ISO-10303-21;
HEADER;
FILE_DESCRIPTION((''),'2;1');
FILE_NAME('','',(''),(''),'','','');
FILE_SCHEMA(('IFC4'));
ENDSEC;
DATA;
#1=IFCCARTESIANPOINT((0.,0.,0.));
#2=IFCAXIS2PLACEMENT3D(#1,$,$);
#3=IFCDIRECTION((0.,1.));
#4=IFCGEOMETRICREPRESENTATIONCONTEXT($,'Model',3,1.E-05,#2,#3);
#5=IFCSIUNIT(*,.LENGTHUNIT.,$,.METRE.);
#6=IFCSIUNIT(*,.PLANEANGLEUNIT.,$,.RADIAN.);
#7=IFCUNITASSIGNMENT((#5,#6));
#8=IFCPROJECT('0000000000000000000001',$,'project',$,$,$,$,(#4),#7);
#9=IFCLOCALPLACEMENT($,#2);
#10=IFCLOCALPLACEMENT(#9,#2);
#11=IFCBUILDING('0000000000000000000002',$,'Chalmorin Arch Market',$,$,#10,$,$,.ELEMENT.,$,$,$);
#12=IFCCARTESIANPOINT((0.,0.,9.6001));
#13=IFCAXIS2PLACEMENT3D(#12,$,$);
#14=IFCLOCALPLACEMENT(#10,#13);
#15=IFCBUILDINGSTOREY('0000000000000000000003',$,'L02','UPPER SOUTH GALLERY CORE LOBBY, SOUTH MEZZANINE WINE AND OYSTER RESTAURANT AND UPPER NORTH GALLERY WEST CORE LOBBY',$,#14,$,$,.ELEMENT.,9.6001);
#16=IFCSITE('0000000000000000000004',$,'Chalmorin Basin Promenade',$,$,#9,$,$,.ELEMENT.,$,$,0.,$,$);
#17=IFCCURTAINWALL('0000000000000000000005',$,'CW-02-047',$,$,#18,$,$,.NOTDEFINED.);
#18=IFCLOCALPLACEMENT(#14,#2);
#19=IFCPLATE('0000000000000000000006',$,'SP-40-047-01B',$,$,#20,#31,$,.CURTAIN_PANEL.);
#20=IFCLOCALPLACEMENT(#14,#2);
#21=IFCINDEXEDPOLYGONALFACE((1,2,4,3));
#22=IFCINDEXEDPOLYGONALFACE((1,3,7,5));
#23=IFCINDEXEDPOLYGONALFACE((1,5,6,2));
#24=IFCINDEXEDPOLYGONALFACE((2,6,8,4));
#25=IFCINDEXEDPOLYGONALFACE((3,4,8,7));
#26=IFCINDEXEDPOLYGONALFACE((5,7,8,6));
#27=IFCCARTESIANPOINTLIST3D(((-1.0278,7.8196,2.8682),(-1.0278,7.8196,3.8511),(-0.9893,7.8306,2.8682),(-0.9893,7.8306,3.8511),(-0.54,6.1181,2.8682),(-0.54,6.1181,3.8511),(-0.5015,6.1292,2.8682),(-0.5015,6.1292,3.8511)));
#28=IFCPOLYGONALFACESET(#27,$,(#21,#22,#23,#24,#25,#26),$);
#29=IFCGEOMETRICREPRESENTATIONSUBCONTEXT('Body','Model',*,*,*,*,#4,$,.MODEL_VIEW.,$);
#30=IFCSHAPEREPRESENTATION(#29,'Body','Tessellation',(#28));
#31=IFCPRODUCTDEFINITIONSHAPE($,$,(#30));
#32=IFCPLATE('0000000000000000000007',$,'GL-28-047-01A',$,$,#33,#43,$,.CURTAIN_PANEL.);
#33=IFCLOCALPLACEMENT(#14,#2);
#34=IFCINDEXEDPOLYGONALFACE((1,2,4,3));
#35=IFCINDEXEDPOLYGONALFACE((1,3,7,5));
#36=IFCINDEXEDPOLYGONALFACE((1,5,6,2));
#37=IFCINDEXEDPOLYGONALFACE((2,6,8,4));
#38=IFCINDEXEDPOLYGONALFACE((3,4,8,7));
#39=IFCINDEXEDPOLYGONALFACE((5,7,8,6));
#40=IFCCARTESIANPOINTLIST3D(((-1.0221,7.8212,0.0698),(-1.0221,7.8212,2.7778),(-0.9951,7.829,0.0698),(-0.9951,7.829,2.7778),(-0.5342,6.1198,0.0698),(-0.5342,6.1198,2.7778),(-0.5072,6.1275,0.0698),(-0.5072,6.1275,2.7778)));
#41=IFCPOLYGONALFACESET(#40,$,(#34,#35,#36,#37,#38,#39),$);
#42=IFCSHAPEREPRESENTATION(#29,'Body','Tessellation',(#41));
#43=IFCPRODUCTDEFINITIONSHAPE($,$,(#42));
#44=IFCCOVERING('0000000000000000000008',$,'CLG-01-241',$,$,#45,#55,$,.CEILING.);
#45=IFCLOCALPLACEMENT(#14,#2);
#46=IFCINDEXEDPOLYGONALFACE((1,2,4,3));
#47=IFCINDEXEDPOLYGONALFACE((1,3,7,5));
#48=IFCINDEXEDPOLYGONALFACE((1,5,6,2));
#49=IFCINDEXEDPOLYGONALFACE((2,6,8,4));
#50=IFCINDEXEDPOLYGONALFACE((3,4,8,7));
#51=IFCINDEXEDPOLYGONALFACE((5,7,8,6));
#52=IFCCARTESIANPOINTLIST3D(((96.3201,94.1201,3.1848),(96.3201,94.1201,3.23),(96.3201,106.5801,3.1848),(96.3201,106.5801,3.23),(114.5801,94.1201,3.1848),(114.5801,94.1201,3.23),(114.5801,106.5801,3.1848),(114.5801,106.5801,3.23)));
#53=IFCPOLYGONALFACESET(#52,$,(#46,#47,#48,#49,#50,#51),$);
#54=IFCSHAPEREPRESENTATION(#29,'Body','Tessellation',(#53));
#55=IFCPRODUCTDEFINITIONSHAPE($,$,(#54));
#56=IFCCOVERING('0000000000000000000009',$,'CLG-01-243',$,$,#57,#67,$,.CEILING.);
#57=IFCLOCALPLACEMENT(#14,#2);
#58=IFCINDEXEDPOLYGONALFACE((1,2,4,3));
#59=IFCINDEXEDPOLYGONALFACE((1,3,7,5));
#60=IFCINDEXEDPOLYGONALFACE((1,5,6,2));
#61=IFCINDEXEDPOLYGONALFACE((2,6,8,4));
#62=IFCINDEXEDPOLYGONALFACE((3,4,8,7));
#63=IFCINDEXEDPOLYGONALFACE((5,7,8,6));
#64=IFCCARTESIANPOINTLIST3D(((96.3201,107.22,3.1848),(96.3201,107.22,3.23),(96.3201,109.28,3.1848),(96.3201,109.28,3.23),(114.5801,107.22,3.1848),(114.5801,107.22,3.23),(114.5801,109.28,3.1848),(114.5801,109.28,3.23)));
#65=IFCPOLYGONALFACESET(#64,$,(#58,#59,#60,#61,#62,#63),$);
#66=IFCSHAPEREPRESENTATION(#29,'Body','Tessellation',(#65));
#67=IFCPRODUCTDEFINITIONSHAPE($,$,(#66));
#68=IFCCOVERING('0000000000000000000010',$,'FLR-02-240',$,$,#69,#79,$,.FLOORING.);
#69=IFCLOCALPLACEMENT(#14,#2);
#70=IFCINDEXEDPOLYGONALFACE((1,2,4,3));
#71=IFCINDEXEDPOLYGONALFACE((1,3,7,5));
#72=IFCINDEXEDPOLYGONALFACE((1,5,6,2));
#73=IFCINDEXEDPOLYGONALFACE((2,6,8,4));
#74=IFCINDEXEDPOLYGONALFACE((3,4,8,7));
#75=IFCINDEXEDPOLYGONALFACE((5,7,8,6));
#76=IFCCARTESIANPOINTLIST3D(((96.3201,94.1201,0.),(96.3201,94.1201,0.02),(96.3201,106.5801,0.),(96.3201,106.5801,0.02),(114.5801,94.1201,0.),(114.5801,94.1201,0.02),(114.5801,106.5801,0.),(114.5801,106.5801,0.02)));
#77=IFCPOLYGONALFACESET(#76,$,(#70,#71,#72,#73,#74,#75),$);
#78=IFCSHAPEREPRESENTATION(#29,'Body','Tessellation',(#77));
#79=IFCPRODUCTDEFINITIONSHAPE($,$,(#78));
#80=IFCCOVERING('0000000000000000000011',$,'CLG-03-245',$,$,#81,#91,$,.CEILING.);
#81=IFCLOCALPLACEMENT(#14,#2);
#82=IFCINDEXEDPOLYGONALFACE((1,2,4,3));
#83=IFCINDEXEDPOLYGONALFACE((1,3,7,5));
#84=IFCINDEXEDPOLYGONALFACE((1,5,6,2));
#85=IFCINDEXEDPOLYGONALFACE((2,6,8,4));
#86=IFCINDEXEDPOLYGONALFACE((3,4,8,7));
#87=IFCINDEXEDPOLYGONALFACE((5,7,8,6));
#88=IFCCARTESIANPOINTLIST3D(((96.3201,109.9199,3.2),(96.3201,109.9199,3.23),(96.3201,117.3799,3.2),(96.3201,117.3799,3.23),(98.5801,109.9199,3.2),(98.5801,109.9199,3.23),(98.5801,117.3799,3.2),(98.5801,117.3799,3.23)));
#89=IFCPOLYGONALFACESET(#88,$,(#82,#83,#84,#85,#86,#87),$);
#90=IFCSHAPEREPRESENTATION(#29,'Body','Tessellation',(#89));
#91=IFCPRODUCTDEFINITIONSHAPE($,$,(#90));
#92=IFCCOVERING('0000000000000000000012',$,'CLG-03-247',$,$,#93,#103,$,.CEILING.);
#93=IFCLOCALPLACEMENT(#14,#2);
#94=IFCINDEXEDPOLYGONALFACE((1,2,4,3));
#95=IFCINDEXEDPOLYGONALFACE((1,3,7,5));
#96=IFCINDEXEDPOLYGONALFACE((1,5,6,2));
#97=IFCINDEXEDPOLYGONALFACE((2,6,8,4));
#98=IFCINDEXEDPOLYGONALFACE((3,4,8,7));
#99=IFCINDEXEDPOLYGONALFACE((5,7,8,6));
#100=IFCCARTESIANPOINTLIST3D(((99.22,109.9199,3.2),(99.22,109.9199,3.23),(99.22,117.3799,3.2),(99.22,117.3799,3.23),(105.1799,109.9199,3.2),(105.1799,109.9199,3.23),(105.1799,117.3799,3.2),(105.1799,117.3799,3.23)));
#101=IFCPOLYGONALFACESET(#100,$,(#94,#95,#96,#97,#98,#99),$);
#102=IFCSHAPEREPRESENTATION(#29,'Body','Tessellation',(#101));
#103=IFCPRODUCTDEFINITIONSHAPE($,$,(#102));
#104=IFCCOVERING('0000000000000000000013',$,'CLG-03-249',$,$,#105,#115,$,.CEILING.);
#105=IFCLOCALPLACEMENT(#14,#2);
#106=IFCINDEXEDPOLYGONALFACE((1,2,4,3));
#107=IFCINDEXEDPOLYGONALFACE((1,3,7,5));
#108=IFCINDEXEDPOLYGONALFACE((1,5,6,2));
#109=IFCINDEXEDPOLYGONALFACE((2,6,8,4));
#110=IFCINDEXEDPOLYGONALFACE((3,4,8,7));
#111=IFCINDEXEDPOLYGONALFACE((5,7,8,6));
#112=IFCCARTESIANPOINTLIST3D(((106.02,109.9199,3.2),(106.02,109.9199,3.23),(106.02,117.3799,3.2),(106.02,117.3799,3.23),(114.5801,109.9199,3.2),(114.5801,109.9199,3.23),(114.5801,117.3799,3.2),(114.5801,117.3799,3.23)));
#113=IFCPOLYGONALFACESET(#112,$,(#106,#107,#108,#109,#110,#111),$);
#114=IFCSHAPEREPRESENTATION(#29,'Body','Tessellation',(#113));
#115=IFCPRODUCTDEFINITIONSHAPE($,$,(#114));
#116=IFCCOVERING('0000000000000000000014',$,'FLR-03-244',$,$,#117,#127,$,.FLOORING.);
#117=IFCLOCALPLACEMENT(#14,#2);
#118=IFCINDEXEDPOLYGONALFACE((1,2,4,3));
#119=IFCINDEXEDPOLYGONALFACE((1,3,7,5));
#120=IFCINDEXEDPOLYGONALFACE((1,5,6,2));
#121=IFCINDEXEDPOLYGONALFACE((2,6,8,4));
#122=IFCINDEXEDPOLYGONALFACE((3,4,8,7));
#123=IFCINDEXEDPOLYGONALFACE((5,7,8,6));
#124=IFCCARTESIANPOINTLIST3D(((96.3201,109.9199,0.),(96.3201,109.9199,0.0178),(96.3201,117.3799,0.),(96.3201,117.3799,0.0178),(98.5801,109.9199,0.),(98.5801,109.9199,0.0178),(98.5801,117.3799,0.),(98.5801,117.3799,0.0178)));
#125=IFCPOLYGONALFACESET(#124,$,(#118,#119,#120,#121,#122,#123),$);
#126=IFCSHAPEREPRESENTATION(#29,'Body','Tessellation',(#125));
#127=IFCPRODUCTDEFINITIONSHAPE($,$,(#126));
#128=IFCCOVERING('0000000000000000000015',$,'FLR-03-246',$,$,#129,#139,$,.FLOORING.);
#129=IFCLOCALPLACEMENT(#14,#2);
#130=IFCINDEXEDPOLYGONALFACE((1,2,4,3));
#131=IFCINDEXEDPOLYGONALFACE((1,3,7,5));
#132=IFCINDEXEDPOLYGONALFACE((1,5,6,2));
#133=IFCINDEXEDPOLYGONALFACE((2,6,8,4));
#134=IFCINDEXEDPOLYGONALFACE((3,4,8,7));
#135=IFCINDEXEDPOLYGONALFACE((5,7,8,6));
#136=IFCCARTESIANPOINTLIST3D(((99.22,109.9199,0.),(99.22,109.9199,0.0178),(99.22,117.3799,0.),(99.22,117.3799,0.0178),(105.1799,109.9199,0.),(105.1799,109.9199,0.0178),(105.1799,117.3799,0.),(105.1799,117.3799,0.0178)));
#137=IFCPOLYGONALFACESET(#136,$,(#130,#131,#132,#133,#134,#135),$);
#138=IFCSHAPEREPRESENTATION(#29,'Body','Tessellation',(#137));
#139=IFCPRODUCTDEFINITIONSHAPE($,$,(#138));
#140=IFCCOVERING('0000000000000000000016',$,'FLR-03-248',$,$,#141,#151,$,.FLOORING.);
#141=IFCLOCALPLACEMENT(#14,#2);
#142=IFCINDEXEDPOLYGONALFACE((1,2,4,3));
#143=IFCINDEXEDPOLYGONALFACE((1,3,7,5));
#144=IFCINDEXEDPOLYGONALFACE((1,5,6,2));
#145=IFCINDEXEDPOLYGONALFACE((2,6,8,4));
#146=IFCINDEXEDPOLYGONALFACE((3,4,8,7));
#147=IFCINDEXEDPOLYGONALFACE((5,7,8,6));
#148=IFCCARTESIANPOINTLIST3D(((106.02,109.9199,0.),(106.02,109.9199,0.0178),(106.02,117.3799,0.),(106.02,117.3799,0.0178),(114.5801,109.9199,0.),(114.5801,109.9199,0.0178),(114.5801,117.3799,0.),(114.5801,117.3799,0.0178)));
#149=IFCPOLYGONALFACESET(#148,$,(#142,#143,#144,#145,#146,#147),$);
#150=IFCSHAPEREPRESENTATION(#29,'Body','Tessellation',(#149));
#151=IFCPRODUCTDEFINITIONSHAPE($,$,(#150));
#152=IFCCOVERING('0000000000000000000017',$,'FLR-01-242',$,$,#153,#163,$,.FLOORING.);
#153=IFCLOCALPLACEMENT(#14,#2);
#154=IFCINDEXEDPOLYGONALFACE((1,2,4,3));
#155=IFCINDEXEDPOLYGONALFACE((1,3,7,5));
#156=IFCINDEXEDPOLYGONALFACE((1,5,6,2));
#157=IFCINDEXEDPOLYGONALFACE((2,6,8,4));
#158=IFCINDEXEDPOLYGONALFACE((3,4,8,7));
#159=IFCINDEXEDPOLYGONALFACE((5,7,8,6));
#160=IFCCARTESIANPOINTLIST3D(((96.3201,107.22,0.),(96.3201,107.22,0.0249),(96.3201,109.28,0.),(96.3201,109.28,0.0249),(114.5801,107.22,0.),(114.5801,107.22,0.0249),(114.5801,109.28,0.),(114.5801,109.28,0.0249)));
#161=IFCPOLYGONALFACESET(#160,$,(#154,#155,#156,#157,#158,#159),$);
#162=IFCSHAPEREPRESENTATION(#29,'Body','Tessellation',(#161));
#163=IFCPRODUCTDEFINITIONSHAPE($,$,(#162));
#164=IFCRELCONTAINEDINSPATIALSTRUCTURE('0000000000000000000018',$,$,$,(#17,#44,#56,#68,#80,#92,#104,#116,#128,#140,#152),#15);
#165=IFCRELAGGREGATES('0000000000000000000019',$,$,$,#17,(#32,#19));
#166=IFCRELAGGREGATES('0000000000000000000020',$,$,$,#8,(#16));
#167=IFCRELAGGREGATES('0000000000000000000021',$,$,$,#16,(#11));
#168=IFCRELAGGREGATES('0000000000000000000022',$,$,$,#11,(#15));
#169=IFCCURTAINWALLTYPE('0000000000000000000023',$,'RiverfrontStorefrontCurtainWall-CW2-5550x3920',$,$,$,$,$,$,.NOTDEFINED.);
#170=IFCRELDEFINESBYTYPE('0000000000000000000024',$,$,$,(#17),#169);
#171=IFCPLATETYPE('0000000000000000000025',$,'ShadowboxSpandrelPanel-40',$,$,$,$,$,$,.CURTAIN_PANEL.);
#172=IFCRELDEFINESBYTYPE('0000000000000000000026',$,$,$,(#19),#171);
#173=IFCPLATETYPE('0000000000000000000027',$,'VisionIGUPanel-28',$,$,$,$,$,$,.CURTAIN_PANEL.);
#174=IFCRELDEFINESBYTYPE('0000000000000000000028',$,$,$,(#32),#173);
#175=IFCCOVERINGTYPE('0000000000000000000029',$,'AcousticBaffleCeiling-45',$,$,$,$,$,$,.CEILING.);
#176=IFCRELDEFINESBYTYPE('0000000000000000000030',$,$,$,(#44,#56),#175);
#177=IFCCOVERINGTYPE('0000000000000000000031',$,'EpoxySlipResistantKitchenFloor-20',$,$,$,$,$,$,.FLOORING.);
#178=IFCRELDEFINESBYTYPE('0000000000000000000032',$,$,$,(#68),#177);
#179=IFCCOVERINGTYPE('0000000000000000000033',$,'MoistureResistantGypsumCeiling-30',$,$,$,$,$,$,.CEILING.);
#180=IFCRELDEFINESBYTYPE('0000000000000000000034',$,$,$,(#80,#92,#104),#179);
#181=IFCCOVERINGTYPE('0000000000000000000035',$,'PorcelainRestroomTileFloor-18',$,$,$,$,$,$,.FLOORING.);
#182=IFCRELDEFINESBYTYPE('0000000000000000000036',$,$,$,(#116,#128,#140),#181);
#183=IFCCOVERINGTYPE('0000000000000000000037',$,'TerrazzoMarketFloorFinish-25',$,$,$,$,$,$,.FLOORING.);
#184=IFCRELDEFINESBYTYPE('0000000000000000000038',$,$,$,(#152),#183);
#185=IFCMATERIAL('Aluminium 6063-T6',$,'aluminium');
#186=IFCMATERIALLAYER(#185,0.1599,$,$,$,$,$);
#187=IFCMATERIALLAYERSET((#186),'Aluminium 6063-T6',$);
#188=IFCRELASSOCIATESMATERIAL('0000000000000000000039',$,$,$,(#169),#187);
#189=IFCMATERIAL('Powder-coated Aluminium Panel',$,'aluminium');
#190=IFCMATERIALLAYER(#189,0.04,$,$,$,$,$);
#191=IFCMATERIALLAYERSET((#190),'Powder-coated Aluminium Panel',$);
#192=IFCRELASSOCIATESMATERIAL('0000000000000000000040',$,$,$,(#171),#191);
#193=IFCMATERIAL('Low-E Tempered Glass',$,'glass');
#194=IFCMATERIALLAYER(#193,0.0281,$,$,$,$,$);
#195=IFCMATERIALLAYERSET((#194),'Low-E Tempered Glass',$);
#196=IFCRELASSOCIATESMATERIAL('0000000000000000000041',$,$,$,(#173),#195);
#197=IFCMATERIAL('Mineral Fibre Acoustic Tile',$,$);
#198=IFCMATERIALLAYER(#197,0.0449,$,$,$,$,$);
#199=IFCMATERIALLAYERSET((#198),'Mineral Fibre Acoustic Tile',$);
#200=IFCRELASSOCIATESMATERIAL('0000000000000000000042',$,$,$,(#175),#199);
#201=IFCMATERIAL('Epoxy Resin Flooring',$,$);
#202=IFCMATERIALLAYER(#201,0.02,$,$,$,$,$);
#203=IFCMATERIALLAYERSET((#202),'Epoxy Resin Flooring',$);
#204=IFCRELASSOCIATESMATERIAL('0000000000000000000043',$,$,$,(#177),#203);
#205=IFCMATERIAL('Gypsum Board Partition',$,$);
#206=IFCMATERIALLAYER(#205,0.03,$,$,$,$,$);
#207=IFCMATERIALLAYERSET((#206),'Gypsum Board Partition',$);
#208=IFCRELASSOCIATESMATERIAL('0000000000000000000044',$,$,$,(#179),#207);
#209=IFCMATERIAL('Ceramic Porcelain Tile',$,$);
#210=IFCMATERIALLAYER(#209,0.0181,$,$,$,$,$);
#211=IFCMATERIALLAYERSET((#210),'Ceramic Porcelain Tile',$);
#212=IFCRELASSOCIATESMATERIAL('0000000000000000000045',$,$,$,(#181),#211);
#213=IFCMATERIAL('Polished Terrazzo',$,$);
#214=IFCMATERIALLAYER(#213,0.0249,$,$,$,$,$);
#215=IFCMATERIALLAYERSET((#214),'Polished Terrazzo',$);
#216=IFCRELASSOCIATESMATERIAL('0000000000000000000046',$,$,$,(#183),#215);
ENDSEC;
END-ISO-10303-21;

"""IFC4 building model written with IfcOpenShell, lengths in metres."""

from ifc_helpers import new_model, si_unit, direction, frame, origin, origin_2d, place, context, subcontext, project, spatial, polyline, rectangle, outline, extrude, material, layer, layer_set, type_object, element, aggregate, save


model = new_model("IFC4")

# Units and contexts
model_context = context("Model", 3, precision=1e-05, world=origin(), true_north=direction((0.0, 1.0)))
body_context = subcontext(model_context, "Body", "Model", "MODEL_VIEW")
ifc_project = project(units=[si_unit("LENGTHUNIT", "METRE"), si_unit("PLANEANGLEUNIT", "RADIAN")], contexts=[model_context])

# Site, building, storey
site_placement = place(None, origin())
site = spatial("IfcSite", under=ifc_project, at=site_placement, Name="Chalmorin Basin Promenade", CompositionType="ELEMENT", RefElevation=0.0)
building_placement = place(site_placement, origin())
building = spatial("IfcBuilding", under=site, at=building_placement, Name="Chalmorin Arch Market", CompositionType="ELEMENT")
storey_placement = place(building_placement, frame((0.0, 0.0, 9.6001)))
storey = spatial("IfcBuildingStorey", under=building, at=storey_placement, Name="L02", Description="UPPER SOUTH GALLERY CORE LOBBY, SOUTH MEZZANINE WINE AND OYSTER RESTAURANT AND UPPER NORTH GALLERY WEST CORE LOBBY", CompositionType="ELEMENT", Elevation=9.6001)

# Curtain wall
ifc_material_1 = material(Name="Aluminium 6063-T6", Category="aluminium")
ifc_layer_1 = layer(ifc_material_1, 0.1599)
ifc_layer_set_1 = layer_set([ifc_layer_1], Name="Aluminium 6063-T6")
curtain_wall_type_1 = type_object("IfcCurtainWallType", Name="RiverfrontStorefrontCurtainWall-CW2-5550x3920", PredefinedType="NOTDEFINED", material=ifc_layer_set_1)
curtain_wall_1_placement = place(storey_placement, origin())
curtain_wall_1 = element("IfcCurtainWall", 1, at=curtain_wall_1_placement, inside=storey, type_object=curtain_wall_type_1, Name="CW-02-047", PredefinedType="NOTDEFINED")

# Plates
ifc_material_2 = material(Name="Powder-coated Aluminium Panel", Category="aluminium")
ifc_layer_2 = layer(ifc_material_2, 0.04)
ifc_layer_set_2 = layer_set([ifc_layer_2], Name="Powder-coated Aluminium Panel")
plate_type_1 = type_object("IfcPlateType", Name="ShadowboxSpandrelPanel-40", PredefinedType="CURTAIN_PANEL", material=ifc_layer_set_2)
plate_1_placement = place(storey_placement, frame((-0.7646, 6.9744, 2.8682), z_axis=(0.0, 0.0, 1.0), x_axis=(-0.275637, 0.961262, 0.0)))
plate_1 = element("IfcPlate", 2, at=plate_1_placement, type_object=plate_type_1, Name="SP-40-047-01B", PredefinedType="CURTAIN_PANEL", context=body_context, shape_type="SweptSolid", body=[
    extrude(rectangle(XDim=1.77, YDim=0.04, at=origin_2d()), origin(), (0.0, 0.0, 1.0), 0.9829),
])
ifc_material_3 = material(Name="Low-E Tempered Glass", Category="glass")
ifc_layer_3 = layer(ifc_material_3, 0.0281)
ifc_layer_set_3 = layer_set([ifc_layer_3], Name="Low-E Tempered Glass")
plate_type_2 = type_object("IfcPlateType", Name="VisionIGUPanel-28", PredefinedType="CURTAIN_PANEL", material=ifc_layer_set_3)
plate_2_placement = place(storey_placement, frame((-0.7646, 6.9744, 0.0698), z_axis=(0.0, 0.0, 1.0), x_axis=(-0.275637, 0.961262, 0.0)))
plate_2 = element("IfcPlate", 3, at=plate_2_placement, type_object=plate_type_2, Name="GL-28-047-01A", PredefinedType="CURTAIN_PANEL", context=body_context, shape_type="SweptSolid", body=[
    extrude(rectangle(XDim=1.77, YDim=0.0281, at=origin_2d()), origin(), (0.0, 0.0, 1.0), 2.708),
])
aggregate(curtain_wall_1, [plate_2, plate_1])

# Coverings
ifc_material_4 = material(Name="Mineral Fibre Acoustic Tile")
ifc_layer_4 = layer(ifc_material_4, 0.0449)
ifc_layer_set_4 = layer_set([ifc_layer_4], Name="Mineral Fibre Acoustic Tile")
covering_type_1 = type_object("IfcCoveringType", Name="AcousticBaffleCeiling-45", PredefinedType="CEILING", material=ifc_layer_set_4)
covering_1_placement = place(storey_placement, frame((0.0, 0.0, 3.1848)))
element("IfcCovering", 4, at=covering_1_placement, inside=storey, type_object=covering_type_1, Name="CLG-01-241", PredefinedType="CEILING", context=body_context, shape_type="SweptSolid", body=[
    extrude(outline(polyline([(96.3201, 94.1201), (114.5801, 94.1201), (114.5801, 106.5801), (96.3201, 106.5801), (96.3201, 94.1201)])), origin(), (0.0, 0.0, 1.0), 0.0452),
])
covering_2_placement = place(storey_placement, frame((0.0, 0.0, 3.1848)))
element("IfcCovering", 5, at=covering_2_placement, inside=storey, type_object=covering_type_1, Name="CLG-01-243", PredefinedType="CEILING", context=body_context, shape_type="SweptSolid", body=[
    extrude(outline(polyline([(96.3201, 107.22), (114.5801, 107.22), (114.5801, 109.28), (96.3201, 109.28), (96.3201, 107.22)])), origin(), (0.0, 0.0, 1.0), 0.0452),
])
ifc_material_5 = material(Name="Epoxy Resin Flooring")
ifc_layer_5 = layer(ifc_material_5, 0.02)
ifc_layer_set_5 = layer_set([ifc_layer_5], Name="Epoxy Resin Flooring")
covering_type_2 = type_object("IfcCoveringType", Name="EpoxySlipResistantKitchenFloor-20", PredefinedType="FLOORING", material=ifc_layer_set_5)
covering_3_placement = place(storey_placement, origin())
element("IfcCovering", 6, at=covering_3_placement, inside=storey, type_object=covering_type_2, Name="FLR-02-240", PredefinedType="FLOORING", context=body_context, shape_type="SweptSolid", body=[
    extrude(outline(polyline([(96.3201, 94.1201), (114.5801, 94.1201), (114.5801, 106.5801), (96.3201, 106.5801), (96.3201, 94.1201)])), origin(), (0.0, 0.0, 1.0), 0.02),
])
ifc_material_6 = material(Name="Gypsum Board Partition")
ifc_layer_6 = layer(ifc_material_6, 0.03)
ifc_layer_set_6 = layer_set([ifc_layer_6], Name="Gypsum Board Partition")
covering_type_3 = type_object("IfcCoveringType", Name="MoistureResistantGypsumCeiling-30", PredefinedType="CEILING", material=ifc_layer_set_6)
covering_4_placement = place(storey_placement, frame((0.0, 0.0, 3.2)))
element("IfcCovering", 7, at=covering_4_placement, inside=storey, type_object=covering_type_3, Name="CLG-03-245", PredefinedType="CEILING", context=body_context, shape_type="SweptSolid", body=[
    extrude(outline(polyline([(96.3201, 109.9199), (98.5801, 109.9199), (98.5801, 117.3799), (96.3201, 117.3799), (96.3201, 109.9199)])), origin(), (0.0, 0.0, 1.0), 0.03),
])
covering_5_placement = place(storey_placement, frame((0.0, 0.0, 3.2)))
element("IfcCovering", 8, at=covering_5_placement, inside=storey, type_object=covering_type_3, Name="CLG-03-247", PredefinedType="CEILING", context=body_context, shape_type="SweptSolid", body=[
    extrude(outline(polyline([(99.22, 109.9199), (105.1799, 109.9199), (105.1799, 117.3799), (99.22, 117.3799), (99.22, 109.9199)])), origin(), (0.0, 0.0, 1.0), 0.03),
])
covering_6_placement = place(storey_placement, frame((0.0, 0.0, 3.2)))
element("IfcCovering", 9, at=covering_6_placement, inside=storey, type_object=covering_type_3, Name="CLG-03-249", PredefinedType="CEILING", context=body_context, shape_type="SweptSolid", body=[
    extrude(outline(polyline([(106.02, 109.9199), (114.5801, 109.9199), (114.5801, 117.3799), (106.02, 117.3799), (106.02, 109.9199)])), origin(), (0.0, 0.0, 1.0), 0.03),
])
ifc_material_7 = material(Name="Ceramic Porcelain Tile")
ifc_layer_7 = layer(ifc_material_7, 0.0181)
ifc_layer_set_7 = layer_set([ifc_layer_7], Name="Ceramic Porcelain Tile")
covering_type_4 = type_object("IfcCoveringType", Name="PorcelainRestroomTileFloor-18", PredefinedType="FLOORING", material=ifc_layer_set_7)
covering_7_placement = place(storey_placement, origin())
element("IfcCovering", 10, at=covering_7_placement, inside=storey, type_object=covering_type_4, Name="FLR-03-244", PredefinedType="FLOORING", context=body_context, shape_type="SweptSolid", body=[
    extrude(outline(polyline([(96.3201, 109.9199), (98.5801, 109.9199), (98.5801, 117.3799), (96.3201, 117.3799), (96.3201, 109.9199)])), origin(), (0.0, 0.0, 1.0), 0.0178),
])
covering_8_placement = place(storey_placement, origin())
element("IfcCovering", 11, at=covering_8_placement, inside=storey, type_object=covering_type_4, Name="FLR-03-246", PredefinedType="FLOORING", context=body_context, shape_type="SweptSolid", body=[
    extrude(outline(polyline([(99.22, 109.9199), (105.1799, 109.9199), (105.1799, 117.3799), (99.22, 117.3799), (99.22, 109.9199)])), origin(), (0.0, 0.0, 1.0), 0.0178),
])
covering_9_placement = place(storey_placement, origin())
element("IfcCovering", 12, at=covering_9_placement, inside=storey, type_object=covering_type_4, Name="FLR-03-248", PredefinedType="FLOORING", context=body_context, shape_type="SweptSolid", body=[
    extrude(outline(polyline([(106.02, 109.9199), (114.5801, 109.9199), (114.5801, 117.3799), (106.02, 117.3799), (106.02, 109.9199)])), origin(), (0.0, 0.0, 1.0), 0.0178),
])
ifc_material_8 = material(Name="Polished Terrazzo")
ifc_layer_8 = layer(ifc_material_8, 0.0249)
ifc_layer_set_8 = layer_set([ifc_layer_8], Name="Polished Terrazzo")
covering_type_5 = type_object("IfcCoveringType", Name="TerrazzoMarketFloorFinish-25", PredefinedType="FLOORING", material=ifc_layer_set_8)
covering_10_placement = place(storey_placement, origin())
element("IfcCovering", 13, at=covering_10_placement, inside=storey, type_object=covering_type_5, Name="FLR-01-242", PredefinedType="FLOORING", context=body_context, shape_type="SweptSolid", body=[
    extrude(outline(polyline([(96.3201, 107.22), (114.5801, 107.22), (114.5801, 109.28), (96.3201, 109.28), (96.3201, 107.22)])), origin(), (0.0, 0.0, 1.0), 0.0249),
])

save(model, "model.ifc")
